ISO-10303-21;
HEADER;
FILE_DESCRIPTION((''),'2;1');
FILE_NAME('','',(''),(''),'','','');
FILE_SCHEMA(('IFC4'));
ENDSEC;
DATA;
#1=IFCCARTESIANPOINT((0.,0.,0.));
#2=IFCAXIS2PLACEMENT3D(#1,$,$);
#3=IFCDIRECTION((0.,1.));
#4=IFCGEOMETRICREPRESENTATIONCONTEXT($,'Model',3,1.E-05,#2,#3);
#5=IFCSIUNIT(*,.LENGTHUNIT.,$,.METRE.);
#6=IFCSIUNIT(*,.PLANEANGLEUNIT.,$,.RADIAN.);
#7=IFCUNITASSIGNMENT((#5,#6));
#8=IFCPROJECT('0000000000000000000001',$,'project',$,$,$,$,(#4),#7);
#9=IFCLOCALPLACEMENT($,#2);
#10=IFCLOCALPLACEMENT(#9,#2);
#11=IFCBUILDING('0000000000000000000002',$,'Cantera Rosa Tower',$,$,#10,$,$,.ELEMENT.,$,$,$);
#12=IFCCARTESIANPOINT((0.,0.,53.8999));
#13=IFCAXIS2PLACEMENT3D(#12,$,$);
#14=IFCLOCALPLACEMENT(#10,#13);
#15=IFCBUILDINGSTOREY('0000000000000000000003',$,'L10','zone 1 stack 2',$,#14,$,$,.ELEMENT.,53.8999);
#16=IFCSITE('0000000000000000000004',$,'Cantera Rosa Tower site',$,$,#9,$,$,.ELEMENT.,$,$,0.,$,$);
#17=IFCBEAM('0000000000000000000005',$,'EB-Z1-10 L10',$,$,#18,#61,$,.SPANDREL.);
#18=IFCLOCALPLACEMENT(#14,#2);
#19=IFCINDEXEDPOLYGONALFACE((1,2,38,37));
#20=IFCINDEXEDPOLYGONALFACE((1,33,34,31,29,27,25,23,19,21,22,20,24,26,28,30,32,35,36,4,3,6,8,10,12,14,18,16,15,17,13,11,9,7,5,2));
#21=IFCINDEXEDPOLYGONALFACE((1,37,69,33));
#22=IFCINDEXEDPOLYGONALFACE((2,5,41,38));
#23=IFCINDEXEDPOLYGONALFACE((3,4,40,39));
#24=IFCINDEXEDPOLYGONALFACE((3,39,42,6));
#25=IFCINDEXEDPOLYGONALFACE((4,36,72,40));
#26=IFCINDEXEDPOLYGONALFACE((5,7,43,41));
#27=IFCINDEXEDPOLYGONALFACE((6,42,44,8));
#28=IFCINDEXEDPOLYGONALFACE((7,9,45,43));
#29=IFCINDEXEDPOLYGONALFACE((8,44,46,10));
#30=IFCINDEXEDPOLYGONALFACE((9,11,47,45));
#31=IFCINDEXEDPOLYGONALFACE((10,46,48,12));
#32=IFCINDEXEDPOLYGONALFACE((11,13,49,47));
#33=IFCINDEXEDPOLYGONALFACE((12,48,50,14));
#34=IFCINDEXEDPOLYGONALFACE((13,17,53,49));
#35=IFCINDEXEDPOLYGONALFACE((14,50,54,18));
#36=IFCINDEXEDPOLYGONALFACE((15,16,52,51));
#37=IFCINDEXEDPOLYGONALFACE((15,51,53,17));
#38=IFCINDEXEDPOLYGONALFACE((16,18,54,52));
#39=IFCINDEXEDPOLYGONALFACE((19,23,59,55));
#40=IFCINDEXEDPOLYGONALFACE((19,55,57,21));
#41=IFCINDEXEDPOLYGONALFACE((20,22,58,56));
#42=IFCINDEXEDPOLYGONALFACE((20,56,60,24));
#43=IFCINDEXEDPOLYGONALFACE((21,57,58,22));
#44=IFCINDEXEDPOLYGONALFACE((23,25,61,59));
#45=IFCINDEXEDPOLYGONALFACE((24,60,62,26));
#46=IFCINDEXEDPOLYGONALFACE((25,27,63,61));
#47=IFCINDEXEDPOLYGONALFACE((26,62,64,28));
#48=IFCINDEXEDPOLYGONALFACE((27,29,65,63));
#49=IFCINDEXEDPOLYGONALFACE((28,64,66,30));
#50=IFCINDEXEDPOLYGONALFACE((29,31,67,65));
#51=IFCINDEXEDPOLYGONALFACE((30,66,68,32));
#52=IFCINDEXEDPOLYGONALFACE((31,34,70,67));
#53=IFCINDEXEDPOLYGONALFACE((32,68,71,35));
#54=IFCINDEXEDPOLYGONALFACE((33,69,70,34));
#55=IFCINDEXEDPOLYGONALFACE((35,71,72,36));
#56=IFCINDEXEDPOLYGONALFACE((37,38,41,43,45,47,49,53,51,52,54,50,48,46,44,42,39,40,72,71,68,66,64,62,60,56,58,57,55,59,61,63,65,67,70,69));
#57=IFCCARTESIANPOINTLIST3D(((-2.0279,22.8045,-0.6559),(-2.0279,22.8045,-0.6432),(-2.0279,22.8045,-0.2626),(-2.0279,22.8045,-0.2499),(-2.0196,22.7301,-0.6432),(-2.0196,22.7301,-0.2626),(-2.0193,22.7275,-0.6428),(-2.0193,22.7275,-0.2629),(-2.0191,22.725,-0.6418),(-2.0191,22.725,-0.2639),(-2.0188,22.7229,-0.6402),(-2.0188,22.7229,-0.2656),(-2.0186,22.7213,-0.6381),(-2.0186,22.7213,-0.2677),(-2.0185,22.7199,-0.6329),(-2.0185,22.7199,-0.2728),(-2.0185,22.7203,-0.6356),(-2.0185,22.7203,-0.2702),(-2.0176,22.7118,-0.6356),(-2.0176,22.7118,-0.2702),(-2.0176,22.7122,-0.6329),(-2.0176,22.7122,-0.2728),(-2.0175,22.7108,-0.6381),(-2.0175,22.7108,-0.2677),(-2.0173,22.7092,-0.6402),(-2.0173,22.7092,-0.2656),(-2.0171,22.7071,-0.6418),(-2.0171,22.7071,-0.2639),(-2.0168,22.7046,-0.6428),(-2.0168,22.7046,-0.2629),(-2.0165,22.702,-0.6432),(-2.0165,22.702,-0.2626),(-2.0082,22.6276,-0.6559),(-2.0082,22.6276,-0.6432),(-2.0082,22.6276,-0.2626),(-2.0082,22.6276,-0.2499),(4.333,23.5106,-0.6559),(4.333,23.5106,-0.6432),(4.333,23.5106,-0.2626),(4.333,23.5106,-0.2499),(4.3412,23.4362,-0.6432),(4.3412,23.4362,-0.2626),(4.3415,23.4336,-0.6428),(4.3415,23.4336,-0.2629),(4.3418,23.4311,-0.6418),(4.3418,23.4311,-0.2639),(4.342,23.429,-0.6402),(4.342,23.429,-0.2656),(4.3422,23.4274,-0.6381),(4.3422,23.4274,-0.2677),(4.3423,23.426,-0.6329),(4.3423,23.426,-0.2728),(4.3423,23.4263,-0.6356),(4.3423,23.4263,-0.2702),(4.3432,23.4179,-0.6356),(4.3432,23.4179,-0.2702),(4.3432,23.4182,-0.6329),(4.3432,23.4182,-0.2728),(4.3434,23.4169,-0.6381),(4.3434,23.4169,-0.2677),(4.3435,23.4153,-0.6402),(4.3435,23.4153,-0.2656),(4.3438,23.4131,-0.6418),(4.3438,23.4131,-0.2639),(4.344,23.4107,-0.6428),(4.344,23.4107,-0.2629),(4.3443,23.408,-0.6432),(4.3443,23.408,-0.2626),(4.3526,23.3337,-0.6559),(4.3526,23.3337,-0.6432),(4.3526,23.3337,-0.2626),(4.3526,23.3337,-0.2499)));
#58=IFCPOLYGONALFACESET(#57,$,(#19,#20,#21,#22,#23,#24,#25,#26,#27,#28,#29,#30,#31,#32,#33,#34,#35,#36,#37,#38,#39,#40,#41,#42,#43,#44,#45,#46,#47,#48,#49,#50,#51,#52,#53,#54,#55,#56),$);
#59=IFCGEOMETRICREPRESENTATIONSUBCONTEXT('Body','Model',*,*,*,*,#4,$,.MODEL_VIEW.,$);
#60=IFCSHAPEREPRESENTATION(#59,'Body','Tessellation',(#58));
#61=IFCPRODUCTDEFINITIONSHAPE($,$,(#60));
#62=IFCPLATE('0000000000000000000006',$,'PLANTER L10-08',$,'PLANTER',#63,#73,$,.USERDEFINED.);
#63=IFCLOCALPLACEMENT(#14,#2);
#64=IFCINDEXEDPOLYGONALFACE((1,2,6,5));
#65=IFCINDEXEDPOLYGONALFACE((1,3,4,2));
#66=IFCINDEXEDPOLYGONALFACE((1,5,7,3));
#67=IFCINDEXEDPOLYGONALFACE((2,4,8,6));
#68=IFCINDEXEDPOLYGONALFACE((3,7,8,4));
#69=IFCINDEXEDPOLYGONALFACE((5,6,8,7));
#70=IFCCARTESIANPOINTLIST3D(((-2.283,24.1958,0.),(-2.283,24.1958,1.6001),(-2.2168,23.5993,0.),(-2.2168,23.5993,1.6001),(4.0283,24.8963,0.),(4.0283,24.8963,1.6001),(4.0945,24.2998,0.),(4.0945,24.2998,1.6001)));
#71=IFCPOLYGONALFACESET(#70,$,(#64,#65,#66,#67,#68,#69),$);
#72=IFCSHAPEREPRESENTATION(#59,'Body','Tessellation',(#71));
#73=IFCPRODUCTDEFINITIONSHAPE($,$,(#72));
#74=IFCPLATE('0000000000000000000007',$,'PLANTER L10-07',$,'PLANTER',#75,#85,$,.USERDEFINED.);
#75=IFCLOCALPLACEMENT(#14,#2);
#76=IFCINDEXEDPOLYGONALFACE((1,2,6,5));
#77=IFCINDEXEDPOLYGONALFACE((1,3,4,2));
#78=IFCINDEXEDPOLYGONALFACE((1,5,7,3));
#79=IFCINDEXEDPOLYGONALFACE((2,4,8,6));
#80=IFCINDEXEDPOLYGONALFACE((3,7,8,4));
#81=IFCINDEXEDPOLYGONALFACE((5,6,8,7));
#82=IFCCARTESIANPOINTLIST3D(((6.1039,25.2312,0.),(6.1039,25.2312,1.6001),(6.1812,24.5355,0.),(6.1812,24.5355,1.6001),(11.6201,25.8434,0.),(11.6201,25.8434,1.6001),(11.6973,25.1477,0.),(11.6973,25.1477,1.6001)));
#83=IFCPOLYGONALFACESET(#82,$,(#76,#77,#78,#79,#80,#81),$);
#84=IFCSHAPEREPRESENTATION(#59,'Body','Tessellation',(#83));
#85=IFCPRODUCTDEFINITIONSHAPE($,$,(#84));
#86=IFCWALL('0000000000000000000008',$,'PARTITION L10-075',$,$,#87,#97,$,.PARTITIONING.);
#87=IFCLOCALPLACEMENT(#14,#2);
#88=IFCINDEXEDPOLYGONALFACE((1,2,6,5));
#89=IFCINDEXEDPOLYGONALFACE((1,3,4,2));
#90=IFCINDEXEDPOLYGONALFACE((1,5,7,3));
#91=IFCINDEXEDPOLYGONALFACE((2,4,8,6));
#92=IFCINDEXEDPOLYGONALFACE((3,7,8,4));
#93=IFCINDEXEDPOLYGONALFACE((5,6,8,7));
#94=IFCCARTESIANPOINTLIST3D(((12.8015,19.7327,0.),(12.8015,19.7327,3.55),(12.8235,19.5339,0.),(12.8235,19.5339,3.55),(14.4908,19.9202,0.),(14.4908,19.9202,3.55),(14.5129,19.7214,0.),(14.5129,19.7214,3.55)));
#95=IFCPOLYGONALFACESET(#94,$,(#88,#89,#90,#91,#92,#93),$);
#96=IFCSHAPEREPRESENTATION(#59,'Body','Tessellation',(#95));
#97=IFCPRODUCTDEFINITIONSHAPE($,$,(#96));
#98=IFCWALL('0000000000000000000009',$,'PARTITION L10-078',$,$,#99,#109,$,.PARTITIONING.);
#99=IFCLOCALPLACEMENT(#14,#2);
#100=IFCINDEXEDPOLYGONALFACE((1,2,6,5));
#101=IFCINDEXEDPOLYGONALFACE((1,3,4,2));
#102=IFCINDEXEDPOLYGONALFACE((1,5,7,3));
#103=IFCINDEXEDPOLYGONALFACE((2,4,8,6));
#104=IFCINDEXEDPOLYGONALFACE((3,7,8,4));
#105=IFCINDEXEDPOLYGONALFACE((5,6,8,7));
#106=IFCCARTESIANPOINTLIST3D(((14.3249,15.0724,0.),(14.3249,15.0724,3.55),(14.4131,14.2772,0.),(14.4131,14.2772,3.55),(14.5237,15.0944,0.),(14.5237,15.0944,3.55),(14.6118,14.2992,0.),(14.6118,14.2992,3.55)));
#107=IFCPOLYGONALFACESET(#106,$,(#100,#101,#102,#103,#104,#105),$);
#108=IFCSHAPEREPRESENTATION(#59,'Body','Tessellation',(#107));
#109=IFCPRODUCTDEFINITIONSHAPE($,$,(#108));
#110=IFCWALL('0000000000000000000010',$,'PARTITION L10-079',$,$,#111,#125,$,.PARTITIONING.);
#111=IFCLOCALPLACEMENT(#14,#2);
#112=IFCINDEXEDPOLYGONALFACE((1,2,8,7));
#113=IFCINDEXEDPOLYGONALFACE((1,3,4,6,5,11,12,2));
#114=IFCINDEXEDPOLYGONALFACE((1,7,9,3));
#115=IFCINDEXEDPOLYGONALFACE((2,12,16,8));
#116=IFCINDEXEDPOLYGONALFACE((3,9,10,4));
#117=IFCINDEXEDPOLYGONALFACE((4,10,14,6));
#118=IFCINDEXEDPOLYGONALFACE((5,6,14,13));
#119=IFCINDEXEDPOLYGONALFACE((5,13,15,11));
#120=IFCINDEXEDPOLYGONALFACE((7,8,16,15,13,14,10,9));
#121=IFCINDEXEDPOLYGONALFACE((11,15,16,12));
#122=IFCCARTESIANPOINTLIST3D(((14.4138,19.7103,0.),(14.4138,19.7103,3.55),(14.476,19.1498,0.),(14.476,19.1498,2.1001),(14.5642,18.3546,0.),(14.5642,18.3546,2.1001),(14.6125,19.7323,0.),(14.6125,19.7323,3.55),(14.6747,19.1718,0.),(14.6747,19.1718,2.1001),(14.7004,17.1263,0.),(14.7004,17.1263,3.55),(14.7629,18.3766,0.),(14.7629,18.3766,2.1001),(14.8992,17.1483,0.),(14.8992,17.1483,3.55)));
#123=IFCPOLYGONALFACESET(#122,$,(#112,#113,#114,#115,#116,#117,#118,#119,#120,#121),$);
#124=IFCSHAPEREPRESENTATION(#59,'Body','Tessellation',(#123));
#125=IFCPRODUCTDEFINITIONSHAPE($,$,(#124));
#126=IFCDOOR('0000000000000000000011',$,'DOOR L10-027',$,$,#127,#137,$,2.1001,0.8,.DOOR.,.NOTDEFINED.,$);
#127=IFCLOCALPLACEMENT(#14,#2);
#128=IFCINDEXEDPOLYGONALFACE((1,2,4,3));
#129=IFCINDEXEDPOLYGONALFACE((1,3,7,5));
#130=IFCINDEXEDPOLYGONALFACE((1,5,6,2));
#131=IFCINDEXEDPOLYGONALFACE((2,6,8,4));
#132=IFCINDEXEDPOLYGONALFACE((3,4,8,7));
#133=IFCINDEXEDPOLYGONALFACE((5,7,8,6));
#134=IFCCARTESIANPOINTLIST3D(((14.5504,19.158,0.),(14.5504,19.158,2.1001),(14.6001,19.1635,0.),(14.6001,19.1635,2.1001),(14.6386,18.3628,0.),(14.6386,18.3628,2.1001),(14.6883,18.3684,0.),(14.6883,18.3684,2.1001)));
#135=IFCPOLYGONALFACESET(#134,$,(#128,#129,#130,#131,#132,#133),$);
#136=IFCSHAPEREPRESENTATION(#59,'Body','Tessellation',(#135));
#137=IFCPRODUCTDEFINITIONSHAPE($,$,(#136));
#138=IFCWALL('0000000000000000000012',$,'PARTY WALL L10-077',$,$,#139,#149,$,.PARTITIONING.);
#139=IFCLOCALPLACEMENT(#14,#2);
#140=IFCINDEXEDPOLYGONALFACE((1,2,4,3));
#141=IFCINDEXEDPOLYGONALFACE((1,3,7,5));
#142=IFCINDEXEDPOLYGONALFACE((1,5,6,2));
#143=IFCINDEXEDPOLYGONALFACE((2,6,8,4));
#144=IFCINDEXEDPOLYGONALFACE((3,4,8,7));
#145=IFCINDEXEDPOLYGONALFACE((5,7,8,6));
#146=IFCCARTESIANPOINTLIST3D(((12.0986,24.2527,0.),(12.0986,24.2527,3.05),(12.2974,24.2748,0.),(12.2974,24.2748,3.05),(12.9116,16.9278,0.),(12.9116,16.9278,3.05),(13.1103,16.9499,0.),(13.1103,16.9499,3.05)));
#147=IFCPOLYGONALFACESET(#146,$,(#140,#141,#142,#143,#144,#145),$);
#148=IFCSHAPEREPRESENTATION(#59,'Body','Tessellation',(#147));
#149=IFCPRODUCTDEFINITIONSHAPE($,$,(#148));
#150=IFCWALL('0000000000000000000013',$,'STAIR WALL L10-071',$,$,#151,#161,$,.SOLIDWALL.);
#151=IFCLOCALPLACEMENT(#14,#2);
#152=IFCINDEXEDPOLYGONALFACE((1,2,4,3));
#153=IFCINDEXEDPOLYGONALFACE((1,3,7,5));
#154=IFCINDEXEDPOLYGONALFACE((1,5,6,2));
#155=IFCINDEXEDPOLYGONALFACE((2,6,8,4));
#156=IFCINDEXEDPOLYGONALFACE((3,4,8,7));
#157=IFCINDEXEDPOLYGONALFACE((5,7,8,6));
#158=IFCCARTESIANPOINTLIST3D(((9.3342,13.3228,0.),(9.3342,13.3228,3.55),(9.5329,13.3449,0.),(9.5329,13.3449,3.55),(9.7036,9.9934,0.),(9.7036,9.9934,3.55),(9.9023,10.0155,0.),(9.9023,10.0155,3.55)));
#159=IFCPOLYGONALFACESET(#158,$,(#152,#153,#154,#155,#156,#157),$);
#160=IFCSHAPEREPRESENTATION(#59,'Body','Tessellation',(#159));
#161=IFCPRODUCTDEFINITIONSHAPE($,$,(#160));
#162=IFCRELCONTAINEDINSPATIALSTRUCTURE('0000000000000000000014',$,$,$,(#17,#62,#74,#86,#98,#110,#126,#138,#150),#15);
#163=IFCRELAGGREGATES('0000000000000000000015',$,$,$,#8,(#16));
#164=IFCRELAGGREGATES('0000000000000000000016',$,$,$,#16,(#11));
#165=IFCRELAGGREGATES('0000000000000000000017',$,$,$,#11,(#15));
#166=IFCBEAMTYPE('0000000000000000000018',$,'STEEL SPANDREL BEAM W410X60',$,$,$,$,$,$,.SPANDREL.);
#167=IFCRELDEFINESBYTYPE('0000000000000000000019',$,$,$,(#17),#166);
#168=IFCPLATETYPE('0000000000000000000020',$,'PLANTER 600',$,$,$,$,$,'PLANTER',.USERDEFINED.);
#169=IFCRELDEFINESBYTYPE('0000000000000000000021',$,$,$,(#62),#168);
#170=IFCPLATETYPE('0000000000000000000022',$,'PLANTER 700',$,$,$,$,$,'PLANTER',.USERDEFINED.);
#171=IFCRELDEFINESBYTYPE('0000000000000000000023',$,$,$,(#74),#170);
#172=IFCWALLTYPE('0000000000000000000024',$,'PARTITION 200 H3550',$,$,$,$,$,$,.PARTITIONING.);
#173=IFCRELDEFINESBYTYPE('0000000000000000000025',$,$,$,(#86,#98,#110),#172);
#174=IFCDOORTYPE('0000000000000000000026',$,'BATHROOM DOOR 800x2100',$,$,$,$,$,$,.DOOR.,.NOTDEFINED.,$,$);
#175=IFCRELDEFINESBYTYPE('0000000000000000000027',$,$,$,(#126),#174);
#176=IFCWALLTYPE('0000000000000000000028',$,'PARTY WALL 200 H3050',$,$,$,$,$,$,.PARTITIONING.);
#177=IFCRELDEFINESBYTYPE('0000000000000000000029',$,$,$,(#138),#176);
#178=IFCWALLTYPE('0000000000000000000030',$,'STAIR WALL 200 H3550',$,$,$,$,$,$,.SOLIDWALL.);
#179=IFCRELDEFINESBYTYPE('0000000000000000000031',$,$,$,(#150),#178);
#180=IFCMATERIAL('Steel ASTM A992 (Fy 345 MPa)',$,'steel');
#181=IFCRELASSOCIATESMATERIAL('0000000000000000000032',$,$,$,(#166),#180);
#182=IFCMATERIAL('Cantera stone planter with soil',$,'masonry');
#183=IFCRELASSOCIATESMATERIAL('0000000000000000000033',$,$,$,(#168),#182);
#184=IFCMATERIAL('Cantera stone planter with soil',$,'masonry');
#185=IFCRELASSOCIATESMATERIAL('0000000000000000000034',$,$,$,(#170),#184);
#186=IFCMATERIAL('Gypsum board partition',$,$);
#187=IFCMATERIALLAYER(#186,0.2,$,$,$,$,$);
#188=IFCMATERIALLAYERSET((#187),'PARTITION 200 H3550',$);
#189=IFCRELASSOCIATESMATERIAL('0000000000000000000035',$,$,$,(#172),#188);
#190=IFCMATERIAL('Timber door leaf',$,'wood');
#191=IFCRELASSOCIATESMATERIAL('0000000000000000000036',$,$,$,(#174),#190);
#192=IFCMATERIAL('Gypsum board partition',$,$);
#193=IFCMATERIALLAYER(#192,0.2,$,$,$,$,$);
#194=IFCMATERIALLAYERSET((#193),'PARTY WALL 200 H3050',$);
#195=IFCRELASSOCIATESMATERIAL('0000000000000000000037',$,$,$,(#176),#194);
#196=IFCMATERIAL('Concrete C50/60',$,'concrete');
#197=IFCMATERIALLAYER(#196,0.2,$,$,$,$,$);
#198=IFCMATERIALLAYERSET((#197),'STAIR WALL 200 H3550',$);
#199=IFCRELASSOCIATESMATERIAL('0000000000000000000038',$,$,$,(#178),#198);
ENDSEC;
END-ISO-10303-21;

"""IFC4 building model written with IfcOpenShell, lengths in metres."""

from ifc_helpers import new_model, si_unit, direction, frame, frame_2d, origin, origin_2d, place, context, subcontext, project, spatial, rectangle, i_section, extrude, material, layer, layer_set, material_profile, profile_set, type_object, element, fill, save


model = new_model("IFC4")

# Units and contexts
model_context = context("Model", 3, precision=1e-05, world=origin(), true_north=direction((0.0, 1.0)))
body_context = subcontext(model_context, "Body", "Model", "MODEL_VIEW")
ifc_project = project(units=[si_unit("LENGTHUNIT", "METRE"), si_unit("PLANEANGLEUNIT", "RADIAN")], contexts=[model_context])

# Site, building, storey
site_placement = place(None, origin())
site = spatial("IfcSite", under=ifc_project, at=site_placement, Name="Cantera Rosa Tower site", CompositionType="ELEMENT", RefElevation=0.0)
building_placement = place(site_placement, origin())
building = spatial("IfcBuilding", under=site, at=building_placement, Name="Cantera Rosa Tower", CompositionType="ELEMENT")
storey_placement = place(building_placement, frame((0.0, 0.0, 53.8999)))
storey = spatial("IfcBuildingStorey", under=building, at=storey_placement, Name="L10", Description="zone 1 stack 2", CompositionType="ELEMENT", Elevation=53.8999)

# Beam
ifc_material_1 = material(Name="Steel ASTM A992 (Fy 345 MPa)", Category="steel")
ifc_material_profile_1 = material_profile(ifc_material_1, i_section(OverallWidth=0.178, OverallDepth=0.406, WebThickness=0.0078, FlangeThickness=0.0127, FilletRadius=0.0103, at=origin_2d()), Name="W410X60")
ifc_profile_set_1 = profile_set([ifc_material_profile_1], Name="Steel ASTM A992 (Fy 345 MPa)")
beam_type_1 = type_object("IfcBeamType", Name="STEEL SPANDREL BEAM W410X60", PredefinedType="SPANDREL", material=ifc_profile_set_1)
for number, where, z_axis, x_axis, name in (
    (1, (4.3428, 23.4221, -0.4529), (-0.993896, -0.110323, 0.0), (0.110323, -0.993896, 0.0), "EB-Z1-10 L10"),
):
    element("IfcBeam", number, at=place(storey_placement, frame(where, z_axis=z_axis, x_axis=x_axis)), inside=storey, type_object=beam_type_1, Name=name, PredefinedType="SPANDREL", context=body_context, shape_type="SweptSolid", body=[
        extrude(i_section(OverallWidth=0.178, OverallDepth=0.406, WebThickness=0.0078, FlangeThickness=0.0127, FilletRadius=0.0103, at=origin_2d()), origin(), (0.0, 0.0, 1.0), 6.3999),
    ])

# Plates
ifc_material_2 = material(Name="Cantera stone planter with soil", Category="masonry")
plate_type_1 = type_object("IfcPlateType", Name="PLANTER 600", ElementType="PLANTER", PredefinedType="USERDEFINED", material=ifc_material_2)
plate_1_placement = place(storey_placement, frame((0.9058, 24.2478, 0.0), z_axis=(0.0, 0.0, 1.0), x_axis=(-0.993897, -0.110313, 0.0)))
element("IfcPlate", 2, at=plate_1_placement, inside=storey, type_object=plate_type_1, Name="PLANTER L10-08", ObjectType="PLANTER", PredefinedType="USERDEFINED", context=body_context, shape_type="SweptSolid", body=[
    extrude(rectangle(XDim=6.3501, YDim=0.6001, at=origin_2d()), origin(), (0.0, 0.0, 1.0), 1.6001),
])
ifc_material_3 = material(Name="Cantera stone planter with soil", Category="masonry")
plate_type_2 = type_object("IfcPlateType", Name="PLANTER 700", ElementType="PLANTER", PredefinedType="USERDEFINED", material=ifc_material_3)
plate_2_placement = place(storey_placement, frame((8.9006, 25.1895, 0.0), z_axis=(0.0, 0.0, 1.0), x_axis=(-0.993897, -0.110313, 0.0)))
element("IfcPlate", 3, at=plate_2_placement, inside=storey, type_object=plate_type_2, Name="PLANTER L10-07", ObjectType="PLANTER", PredefinedType="USERDEFINED", context=body_context, shape_type="SweptSolid", body=[
    extrude(rectangle(XDim=5.55, YDim=0.7, at=origin_2d()), origin(), (0.0, 0.0, 1.0), 1.6001),
])

# Walls
ifc_material_4 = material(Name="Gypsum board partition")
ifc_layer_1 = layer(ifc_material_4, 0.2)
ifc_layer_set_1 = layer_set([ifc_layer_1], Name="PARTITION 200 H3550")
wall_type_1 = type_object("IfcWallType", Name="PARTITION 200 H3550", PredefinedType="PARTITIONING", material=ifc_layer_set_1)
wall_1_placement = place(storey_placement, frame((12.8125, 19.6333, 0.0), z_axis=(0.0, 0.0, 1.0), x_axis=(0.993898, 0.110305, 0.0)))
element("IfcWall", 4, at=wall_1_placement, inside=storey, type_object=wall_type_1, Name="PARTITION L10-075", PredefinedType="PARTITIONING", context=body_context, shape_type="SweptSolid", body=[
    extrude(rectangle(XDim=1.6997, YDim=0.2, at=frame_2d((0.8499, 0.0))), origin(), (0.0, 0.0, 1.0), 3.55),
])
wall_2_placement = place(storey_placement, frame((14.4243, 15.0833, 0.0), z_axis=(0.0, 0.0, 1.0), x_axis=(0.110164, -0.993913, 0.0)))
element("IfcWall", 5, at=wall_2_placement, inside=storey, type_object=wall_type_1, Name="PARTITION L10-078", PredefinedType="PARTITIONING", context=body_context, shape_type="SweptSolid", body=[
    extrude(rectangle(XDim=0.8, YDim=0.2, at=frame_2d((0.3999, 0.0))), origin(), (0.0, 0.0, 1.0), 3.55),
])

# Wall, opening, door
wall_3_placement = place(storey_placement, frame((14.5132, 19.7212, 0.0), z_axis=(0.0, 0.0, 1.0), x_axis=(0.110246, -0.993904, 0.0)))
wall_3 = element("IfcWall", 6, at=wall_3_placement, inside=storey, type_object=wall_type_1, Name="PARTITION L10-079", PredefinedType="PARTITIONING", context=body_context, shape_type="SweptSolid", body=[
    extrude(rectangle(XDim=2.5999, YDim=0.2, at=frame_2d((1.2998, 0.0))), origin(), (0.0, 0.0, 1.0), 3.55),
])
opening_1_placement = place(wall_3_placement, frame((0.564, 0.0, 0.0)))
opening_1 = element("IfcOpeningElement", 7, at=opening_1_placement, cuts=wall_3, PredefinedType="OPENING", context=body_context, shape_type="SweptSolid", body=[
    extrude(rectangle(XDim=0.8, YDim=2.1001, at=frame_2d((0.3999, 1.05))), frame((0.0, 0.1099, 0.0), z_axis=(0.0, -1.0, 0.0), x_axis=(1.0, 0.0, 0.0)), (0.0, 0.0, 1.0), 0.22),
])
ifc_material_5 = material(Name="Timber door leaf", Category="wood")
door_type_1 = type_object("IfcDoorType", Name="BATHROOM DOOR 800x2100", OperationType="NOTDEFINED", PredefinedType="DOOR", material=ifc_material_5)
door_1_placement = place(opening_1_placement, origin())
door_1 = element("IfcDoor", 8, at=door_1_placement, inside=storey, type_object=door_type_1, Name="DOOR L10-027", OperationType="NOTDEFINED", OverallHeight=2.1001, OverallWidth=0.8, PredefinedType="DOOR", context=body_context, shape_type="SweptSolid", body=[
    extrude(rectangle(XDim=0.8, YDim=2.1001, at=frame_2d((0.3999, 1.05))), frame((0.0, 0.0249, 0.0), z_axis=(0.0, -1.0, 0.0), x_axis=(1.0, 0.0, 0.0)), (0.0, 0.0, 1.0), 0.05),
])
fill(opening_1, door_1)

# Walls
ifc_material_6 = material(Name="Gypsum board partition")
ifc_layer_2 = layer(ifc_material_6, 0.2)
ifc_layer_set_2 = layer_set([ifc_layer_2], Name="PARTY WALL 200 H3050")
wall_type_2 = type_object("IfcWallType", Name="PARTY WALL 200 H3050", PredefinedType="PARTITIONING", material=ifc_layer_set_2)
wall_4_placement = place(storey_placement, frame((13.011, 16.9387, 0.0), z_axis=(0.0, 0.0, 1.0), x_axis=(-0.110312, 0.993897, 0.0)))
element("IfcWall", 9, at=wall_4_placement, inside=storey, type_object=wall_type_2, Name="PARTY WALL L10-077", PredefinedType="PARTITIONING", context=body_context, shape_type="SweptSolid", body=[
    extrude(rectangle(XDim=7.3699, YDim=0.2, at=frame_2d((3.6851, 0.0))), origin(), (0.0, 0.0, 1.0), 3.05),
])
ifc_material_7 = material(Name="Concrete C50/60", Category="concrete")
ifc_layer_3 = layer(ifc_material_7, 0.2)
ifc_layer_set_3 = layer_set([ifc_layer_3], Name="STAIR WALL 200 H3550")
wall_type_3 = type_object("IfcWallType", Name="STAIR WALL 200 H3550", PredefinedType="SOLIDWALL", material=ifc_layer_set_3)
wall_5_placement = place(storey_placement, frame((9.4336, 13.3337, 0.0), z_axis=(0.0, 0.0, 1.0), x_axis=(0.110272, -0.993901, 0.0)))
element("IfcWall", 10, at=wall_5_placement, inside=storey, type_object=wall_type_3, Name="STAIR WALL L10-071", PredefinedType="SOLIDWALL", context=body_context, shape_type="SweptSolid", body=[
    extrude(rectangle(XDim=3.3499, YDim=0.2, at=frame_2d((1.6748, 0.0))), origin(), (0.0, 0.0, 1.0), 3.55),
])

save(model, "model.ifc")
